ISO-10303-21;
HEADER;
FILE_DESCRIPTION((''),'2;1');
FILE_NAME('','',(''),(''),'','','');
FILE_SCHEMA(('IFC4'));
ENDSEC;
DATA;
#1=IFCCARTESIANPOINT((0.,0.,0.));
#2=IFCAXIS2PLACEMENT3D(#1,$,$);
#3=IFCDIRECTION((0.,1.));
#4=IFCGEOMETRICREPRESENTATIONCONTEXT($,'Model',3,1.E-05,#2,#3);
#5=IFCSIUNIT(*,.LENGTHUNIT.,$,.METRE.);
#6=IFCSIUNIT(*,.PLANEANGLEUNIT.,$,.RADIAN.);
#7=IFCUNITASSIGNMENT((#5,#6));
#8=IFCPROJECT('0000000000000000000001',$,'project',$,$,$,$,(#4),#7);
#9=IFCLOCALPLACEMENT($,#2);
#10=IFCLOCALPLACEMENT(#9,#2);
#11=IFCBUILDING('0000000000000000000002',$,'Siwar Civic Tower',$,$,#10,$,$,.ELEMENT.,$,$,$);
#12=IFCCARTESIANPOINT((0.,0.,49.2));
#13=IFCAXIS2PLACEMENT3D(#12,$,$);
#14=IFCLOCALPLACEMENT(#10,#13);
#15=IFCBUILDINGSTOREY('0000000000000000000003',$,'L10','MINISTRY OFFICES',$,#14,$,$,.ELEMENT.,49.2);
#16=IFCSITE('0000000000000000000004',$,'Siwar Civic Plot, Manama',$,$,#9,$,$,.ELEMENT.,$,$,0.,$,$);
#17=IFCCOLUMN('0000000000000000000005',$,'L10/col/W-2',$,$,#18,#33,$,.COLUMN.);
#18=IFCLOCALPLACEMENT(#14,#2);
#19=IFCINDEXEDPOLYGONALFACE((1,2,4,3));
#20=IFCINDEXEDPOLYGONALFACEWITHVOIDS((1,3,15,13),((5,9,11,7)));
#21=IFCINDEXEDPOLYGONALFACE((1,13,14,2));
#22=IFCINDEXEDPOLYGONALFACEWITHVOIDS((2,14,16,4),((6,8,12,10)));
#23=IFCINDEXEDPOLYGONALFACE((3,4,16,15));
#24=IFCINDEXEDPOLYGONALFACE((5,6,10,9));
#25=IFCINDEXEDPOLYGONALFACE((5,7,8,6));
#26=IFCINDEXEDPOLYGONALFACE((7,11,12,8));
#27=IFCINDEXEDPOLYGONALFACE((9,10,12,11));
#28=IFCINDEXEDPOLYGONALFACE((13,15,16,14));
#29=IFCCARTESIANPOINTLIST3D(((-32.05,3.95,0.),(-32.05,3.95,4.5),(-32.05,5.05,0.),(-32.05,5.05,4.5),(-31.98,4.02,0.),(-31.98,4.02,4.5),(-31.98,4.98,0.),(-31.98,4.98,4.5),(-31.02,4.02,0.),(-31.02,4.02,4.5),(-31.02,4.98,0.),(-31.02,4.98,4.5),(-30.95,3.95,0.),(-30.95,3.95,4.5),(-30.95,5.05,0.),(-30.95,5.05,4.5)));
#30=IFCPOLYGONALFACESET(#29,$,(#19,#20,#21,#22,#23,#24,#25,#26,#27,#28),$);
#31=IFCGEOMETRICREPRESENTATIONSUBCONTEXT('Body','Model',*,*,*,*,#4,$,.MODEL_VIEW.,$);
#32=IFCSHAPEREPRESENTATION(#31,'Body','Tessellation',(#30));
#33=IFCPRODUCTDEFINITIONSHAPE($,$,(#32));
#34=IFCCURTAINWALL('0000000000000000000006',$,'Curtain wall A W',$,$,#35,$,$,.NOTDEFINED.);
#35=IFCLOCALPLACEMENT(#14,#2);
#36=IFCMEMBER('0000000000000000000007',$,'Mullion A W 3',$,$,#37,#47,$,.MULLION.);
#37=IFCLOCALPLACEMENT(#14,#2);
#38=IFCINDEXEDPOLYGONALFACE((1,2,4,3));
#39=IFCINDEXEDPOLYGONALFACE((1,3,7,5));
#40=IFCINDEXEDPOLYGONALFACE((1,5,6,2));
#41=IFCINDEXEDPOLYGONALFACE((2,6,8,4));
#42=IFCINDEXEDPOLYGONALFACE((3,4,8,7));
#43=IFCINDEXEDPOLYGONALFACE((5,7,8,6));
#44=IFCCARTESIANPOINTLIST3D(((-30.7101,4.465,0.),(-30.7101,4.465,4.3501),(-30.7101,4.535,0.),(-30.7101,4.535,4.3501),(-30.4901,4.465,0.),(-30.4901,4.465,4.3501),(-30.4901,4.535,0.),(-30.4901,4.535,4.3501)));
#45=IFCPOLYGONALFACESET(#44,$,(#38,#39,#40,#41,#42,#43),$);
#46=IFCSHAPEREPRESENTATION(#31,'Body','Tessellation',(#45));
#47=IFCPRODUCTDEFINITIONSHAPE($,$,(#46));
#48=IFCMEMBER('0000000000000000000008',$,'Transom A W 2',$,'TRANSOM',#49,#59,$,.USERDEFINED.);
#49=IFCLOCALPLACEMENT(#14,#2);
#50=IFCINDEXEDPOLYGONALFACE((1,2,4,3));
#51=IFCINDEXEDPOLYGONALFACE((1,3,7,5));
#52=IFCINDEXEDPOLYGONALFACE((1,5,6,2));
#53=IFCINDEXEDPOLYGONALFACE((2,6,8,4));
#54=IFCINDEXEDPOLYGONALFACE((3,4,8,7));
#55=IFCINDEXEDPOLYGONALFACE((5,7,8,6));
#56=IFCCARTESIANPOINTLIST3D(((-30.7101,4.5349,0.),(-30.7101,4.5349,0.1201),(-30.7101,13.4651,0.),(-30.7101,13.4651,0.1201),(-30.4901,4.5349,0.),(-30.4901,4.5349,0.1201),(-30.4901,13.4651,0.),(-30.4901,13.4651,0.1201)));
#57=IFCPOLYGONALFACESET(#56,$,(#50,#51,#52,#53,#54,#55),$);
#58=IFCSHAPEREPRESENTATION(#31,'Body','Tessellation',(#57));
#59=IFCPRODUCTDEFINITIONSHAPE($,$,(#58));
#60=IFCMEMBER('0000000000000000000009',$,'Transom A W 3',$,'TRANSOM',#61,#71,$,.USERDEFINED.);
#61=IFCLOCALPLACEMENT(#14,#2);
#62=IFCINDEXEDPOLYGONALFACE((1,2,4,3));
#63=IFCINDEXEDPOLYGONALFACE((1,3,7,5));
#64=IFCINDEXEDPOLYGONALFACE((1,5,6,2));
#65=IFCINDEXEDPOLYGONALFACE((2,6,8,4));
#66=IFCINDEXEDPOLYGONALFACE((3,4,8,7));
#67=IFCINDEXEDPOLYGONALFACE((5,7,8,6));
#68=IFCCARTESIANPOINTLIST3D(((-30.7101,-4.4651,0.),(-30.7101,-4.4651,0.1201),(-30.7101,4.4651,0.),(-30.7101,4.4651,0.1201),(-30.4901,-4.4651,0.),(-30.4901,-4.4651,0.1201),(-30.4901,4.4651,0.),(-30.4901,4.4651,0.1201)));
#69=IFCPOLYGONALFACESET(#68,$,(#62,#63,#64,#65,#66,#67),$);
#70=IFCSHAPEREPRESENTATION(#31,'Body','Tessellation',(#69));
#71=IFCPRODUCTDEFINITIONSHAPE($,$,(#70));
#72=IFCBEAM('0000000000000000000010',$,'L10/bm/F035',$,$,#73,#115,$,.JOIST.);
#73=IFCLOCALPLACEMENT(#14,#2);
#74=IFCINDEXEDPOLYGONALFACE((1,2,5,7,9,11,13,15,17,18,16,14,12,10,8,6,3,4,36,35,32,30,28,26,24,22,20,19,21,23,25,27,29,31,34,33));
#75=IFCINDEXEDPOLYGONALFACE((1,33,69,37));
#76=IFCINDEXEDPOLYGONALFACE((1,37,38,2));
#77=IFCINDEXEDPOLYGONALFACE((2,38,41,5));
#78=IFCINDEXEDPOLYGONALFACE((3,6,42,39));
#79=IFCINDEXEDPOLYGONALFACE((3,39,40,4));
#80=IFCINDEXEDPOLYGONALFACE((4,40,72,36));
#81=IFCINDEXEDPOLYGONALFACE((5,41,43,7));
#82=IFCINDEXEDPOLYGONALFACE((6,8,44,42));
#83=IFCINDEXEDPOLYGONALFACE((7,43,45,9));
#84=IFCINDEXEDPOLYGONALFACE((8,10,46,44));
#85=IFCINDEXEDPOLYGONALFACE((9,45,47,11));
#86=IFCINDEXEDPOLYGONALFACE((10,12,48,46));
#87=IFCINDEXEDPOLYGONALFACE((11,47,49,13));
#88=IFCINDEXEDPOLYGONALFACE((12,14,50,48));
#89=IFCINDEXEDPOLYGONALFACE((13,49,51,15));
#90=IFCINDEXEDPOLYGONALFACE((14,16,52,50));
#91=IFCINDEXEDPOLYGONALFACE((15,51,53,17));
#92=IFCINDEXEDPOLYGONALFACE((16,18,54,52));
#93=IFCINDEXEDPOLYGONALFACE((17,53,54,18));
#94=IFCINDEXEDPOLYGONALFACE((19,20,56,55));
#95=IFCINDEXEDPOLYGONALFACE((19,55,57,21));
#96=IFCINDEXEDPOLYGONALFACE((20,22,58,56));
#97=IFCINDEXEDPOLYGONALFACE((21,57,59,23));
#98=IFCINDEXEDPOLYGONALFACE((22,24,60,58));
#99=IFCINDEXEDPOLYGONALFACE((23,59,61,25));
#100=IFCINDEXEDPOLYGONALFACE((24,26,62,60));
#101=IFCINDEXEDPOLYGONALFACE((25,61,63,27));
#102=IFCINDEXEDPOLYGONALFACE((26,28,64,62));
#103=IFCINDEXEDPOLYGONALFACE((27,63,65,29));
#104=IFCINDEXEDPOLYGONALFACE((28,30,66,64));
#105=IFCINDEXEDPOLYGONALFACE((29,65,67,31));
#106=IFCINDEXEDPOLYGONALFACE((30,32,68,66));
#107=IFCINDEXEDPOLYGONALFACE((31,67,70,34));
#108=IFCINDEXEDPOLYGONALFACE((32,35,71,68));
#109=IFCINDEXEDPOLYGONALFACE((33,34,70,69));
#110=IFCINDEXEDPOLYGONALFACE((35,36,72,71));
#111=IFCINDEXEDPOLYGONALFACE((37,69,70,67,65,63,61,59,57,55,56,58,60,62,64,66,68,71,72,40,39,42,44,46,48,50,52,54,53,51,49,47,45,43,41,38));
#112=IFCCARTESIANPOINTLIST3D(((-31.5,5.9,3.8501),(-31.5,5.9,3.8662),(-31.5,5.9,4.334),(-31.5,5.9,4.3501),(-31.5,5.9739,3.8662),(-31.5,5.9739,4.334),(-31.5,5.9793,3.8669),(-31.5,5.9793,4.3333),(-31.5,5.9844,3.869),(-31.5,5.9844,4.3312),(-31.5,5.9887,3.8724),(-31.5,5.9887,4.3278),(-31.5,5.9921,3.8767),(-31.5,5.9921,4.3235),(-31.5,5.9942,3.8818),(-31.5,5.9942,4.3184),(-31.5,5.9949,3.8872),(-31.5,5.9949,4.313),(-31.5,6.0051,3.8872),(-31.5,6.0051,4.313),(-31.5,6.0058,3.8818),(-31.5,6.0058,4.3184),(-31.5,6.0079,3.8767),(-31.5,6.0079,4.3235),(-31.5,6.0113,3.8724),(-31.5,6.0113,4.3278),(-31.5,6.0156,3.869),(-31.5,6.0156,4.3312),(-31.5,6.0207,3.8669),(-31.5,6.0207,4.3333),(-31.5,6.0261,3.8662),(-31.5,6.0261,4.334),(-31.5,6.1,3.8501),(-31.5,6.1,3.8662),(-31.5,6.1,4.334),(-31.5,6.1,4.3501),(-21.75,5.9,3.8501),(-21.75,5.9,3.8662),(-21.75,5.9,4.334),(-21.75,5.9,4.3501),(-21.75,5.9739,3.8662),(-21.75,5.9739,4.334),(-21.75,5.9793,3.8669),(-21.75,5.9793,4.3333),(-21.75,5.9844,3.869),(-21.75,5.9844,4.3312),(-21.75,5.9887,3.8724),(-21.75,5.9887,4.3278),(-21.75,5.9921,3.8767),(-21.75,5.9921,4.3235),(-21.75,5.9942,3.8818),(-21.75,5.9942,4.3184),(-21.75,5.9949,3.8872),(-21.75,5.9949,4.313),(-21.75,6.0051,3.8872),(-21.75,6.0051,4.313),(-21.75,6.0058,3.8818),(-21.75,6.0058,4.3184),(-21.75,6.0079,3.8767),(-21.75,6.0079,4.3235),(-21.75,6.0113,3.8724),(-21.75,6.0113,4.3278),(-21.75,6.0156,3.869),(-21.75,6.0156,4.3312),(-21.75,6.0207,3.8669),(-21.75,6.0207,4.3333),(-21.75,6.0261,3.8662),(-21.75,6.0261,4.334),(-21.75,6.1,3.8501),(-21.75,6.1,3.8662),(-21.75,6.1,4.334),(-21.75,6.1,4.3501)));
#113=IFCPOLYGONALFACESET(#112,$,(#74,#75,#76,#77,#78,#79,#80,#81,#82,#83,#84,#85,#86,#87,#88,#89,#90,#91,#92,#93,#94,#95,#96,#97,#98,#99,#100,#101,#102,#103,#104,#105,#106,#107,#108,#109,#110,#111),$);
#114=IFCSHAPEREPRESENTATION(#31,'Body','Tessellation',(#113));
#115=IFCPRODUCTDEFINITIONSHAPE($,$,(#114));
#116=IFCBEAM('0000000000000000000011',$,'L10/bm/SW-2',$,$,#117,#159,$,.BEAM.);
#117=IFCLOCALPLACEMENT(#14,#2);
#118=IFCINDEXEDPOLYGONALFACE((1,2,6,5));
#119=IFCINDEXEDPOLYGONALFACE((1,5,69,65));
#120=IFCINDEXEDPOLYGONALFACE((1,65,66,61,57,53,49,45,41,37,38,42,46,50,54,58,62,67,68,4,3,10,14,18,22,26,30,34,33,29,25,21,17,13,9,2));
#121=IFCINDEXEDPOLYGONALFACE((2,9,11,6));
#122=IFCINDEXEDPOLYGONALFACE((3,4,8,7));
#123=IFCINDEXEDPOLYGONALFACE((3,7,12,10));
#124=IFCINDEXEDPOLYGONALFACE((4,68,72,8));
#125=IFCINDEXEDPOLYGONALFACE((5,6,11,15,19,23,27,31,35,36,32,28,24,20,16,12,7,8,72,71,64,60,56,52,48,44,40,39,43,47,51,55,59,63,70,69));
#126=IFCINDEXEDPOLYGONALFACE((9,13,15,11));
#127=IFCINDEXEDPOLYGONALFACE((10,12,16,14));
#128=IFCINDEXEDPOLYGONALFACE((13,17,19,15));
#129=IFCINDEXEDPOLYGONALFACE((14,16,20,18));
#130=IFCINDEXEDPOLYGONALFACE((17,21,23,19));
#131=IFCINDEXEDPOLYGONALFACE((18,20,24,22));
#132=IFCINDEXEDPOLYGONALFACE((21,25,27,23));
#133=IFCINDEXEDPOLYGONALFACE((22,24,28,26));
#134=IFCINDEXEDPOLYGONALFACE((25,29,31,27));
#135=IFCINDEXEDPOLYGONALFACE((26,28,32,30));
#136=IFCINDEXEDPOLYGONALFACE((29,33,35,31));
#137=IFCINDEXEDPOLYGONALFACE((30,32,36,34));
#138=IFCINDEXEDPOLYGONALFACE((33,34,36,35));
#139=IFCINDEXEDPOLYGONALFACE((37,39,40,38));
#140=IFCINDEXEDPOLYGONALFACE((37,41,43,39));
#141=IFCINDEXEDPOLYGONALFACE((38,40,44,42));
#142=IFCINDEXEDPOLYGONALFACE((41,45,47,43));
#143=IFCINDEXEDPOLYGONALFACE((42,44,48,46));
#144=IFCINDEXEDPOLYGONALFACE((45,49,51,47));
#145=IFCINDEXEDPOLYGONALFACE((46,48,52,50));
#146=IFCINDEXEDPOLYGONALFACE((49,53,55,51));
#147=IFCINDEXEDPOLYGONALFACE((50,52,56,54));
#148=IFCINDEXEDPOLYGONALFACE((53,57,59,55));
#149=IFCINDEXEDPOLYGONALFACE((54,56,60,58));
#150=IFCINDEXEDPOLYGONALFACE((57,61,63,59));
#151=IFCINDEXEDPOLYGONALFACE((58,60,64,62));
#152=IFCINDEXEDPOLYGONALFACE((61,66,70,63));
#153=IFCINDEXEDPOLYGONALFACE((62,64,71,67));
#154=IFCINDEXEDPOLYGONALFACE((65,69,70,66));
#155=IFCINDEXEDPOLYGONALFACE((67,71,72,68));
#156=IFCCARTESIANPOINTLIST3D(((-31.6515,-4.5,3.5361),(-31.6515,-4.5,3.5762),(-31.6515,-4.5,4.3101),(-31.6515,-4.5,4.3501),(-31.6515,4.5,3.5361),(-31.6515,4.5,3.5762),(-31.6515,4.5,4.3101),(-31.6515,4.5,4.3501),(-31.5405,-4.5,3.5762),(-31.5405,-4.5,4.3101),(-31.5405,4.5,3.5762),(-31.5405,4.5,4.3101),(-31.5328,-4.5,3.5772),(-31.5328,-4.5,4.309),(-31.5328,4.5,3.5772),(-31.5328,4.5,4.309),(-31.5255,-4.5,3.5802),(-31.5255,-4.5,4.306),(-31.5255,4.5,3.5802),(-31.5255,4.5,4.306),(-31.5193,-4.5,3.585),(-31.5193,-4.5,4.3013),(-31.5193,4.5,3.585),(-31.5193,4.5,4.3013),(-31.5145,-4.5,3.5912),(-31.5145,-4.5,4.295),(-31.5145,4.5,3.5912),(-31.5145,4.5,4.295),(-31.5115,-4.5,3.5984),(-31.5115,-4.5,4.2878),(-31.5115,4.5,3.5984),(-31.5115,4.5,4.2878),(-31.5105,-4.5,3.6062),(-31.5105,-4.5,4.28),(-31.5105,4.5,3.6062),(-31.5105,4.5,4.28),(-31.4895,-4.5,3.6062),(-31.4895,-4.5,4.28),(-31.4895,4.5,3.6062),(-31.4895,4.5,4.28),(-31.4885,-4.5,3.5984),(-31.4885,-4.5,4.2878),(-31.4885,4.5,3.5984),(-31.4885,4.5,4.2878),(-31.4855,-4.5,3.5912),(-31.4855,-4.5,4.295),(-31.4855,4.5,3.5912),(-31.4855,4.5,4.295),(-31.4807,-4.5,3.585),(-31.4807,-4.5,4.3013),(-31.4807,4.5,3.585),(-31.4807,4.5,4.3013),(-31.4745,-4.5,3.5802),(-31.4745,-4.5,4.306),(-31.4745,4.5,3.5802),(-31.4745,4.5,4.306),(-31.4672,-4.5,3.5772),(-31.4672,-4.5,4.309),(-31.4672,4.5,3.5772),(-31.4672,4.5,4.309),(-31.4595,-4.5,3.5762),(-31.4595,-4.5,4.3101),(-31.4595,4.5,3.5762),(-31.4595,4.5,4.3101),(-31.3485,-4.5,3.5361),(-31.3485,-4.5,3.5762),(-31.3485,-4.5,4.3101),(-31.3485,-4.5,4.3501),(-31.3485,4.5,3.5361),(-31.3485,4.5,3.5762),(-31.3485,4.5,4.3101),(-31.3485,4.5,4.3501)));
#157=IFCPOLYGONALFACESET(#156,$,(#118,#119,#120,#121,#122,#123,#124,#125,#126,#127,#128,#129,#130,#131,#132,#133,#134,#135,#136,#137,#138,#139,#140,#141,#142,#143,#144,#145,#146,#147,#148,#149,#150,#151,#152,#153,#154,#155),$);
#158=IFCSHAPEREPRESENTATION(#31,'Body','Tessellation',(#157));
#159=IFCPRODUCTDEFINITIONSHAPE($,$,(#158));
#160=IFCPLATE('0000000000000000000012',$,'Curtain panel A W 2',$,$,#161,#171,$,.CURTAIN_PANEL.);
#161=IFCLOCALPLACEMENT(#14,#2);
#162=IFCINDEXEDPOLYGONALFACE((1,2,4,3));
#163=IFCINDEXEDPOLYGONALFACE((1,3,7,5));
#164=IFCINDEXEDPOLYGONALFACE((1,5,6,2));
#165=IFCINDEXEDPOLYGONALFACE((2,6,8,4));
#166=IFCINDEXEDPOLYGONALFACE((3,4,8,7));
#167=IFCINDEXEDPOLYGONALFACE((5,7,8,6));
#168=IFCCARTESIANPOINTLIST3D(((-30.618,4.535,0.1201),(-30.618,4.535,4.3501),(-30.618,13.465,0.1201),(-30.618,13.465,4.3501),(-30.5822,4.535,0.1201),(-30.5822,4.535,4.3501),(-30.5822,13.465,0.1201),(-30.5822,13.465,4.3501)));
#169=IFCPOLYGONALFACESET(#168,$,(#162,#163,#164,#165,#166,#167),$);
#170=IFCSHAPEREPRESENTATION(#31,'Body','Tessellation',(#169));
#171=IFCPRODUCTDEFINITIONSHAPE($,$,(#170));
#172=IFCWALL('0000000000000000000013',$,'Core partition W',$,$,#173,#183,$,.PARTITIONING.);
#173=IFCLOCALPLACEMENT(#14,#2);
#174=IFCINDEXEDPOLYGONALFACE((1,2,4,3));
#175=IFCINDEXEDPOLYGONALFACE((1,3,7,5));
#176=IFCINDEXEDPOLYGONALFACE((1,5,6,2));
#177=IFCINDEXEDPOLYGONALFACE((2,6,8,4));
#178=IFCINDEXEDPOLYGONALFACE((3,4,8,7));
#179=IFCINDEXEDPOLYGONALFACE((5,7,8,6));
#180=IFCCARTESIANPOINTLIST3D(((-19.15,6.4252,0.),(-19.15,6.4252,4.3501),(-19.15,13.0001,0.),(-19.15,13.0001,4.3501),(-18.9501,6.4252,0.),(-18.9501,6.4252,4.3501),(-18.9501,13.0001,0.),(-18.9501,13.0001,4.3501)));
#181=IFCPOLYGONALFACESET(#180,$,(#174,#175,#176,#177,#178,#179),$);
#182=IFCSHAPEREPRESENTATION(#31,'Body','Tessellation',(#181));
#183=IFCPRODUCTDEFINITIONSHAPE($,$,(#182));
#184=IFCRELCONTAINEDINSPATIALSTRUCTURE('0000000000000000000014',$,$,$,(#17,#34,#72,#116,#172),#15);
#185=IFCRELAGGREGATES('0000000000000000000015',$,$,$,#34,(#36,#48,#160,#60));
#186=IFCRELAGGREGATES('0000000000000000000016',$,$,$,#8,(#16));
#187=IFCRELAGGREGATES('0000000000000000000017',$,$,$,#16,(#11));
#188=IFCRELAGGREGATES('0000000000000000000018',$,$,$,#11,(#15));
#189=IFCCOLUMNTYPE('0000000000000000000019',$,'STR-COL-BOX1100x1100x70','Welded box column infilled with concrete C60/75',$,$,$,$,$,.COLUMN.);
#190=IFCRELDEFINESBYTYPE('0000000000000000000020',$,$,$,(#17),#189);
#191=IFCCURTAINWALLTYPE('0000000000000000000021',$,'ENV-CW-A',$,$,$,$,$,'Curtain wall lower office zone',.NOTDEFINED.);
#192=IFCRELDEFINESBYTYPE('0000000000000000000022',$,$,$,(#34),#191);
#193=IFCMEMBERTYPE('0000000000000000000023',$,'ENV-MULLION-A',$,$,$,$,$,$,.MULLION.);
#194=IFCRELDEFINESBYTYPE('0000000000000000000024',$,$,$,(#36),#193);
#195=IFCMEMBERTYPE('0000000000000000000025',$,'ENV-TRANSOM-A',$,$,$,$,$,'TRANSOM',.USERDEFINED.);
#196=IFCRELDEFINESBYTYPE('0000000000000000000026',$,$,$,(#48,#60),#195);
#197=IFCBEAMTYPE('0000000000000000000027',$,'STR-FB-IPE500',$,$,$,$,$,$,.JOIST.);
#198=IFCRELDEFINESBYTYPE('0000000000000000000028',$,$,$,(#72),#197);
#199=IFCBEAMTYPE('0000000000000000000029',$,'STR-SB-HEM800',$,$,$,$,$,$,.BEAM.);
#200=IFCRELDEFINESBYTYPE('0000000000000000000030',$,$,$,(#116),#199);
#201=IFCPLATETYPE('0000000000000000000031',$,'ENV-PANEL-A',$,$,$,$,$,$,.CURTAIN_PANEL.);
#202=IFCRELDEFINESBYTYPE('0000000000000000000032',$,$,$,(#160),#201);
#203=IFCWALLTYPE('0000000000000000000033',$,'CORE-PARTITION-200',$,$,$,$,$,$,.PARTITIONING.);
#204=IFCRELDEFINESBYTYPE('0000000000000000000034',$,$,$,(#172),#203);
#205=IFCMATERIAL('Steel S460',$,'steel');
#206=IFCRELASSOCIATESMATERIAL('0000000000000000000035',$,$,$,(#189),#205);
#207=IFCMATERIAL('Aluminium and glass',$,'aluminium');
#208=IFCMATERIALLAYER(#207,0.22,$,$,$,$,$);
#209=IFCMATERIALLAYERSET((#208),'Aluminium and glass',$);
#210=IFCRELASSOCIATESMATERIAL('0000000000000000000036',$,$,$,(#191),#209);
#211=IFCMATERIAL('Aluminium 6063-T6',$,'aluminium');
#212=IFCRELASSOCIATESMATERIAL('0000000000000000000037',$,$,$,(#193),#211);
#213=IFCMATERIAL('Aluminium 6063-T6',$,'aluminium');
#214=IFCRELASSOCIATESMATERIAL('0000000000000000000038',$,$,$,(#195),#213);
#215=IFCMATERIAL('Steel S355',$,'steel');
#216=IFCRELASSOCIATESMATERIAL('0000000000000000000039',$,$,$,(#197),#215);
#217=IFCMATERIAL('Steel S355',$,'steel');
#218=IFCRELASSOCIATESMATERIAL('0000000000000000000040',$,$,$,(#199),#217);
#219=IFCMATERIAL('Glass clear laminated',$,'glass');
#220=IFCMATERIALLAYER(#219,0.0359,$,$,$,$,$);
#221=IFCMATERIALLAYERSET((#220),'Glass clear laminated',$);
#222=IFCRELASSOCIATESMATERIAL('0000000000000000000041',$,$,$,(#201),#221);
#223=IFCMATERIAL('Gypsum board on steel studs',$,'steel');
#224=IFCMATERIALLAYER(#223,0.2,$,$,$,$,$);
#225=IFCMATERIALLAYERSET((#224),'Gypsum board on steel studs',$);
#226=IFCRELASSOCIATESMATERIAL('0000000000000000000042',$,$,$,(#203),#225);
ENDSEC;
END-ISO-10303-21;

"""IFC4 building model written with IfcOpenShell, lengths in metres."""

from ifc_helpers import new_model, si_unit, direction, frame, frame_2d, origin, origin_2d, place, context, subcontext, project, spatial, rectangle, hollow_rectangle, i_section, extrude, material, layer, layer_set, material_profile, profile_set, type_object, element, aggregate, save


model = new_model("IFC4")

# Units and contexts
model_context = context("Model", 3, precision=1e-05, world=origin(), true_north=direction((0.0, 1.0)))
body_context = subcontext(model_context, "Body", "Model", "MODEL_VIEW")
ifc_project = project(units=[si_unit("LENGTHUNIT", "METRE"), si_unit("PLANEANGLEUNIT", "RADIAN")], contexts=[model_context])

# Site, building, storey
site_placement = place(None, origin())
site = spatial("IfcSite", under=ifc_project, at=site_placement, Name="Siwar Civic Plot, Manama", CompositionType="ELEMENT", RefElevation=0.0)
building_placement = place(site_placement, origin())
building = spatial("IfcBuilding", under=site, at=building_placement, Name="Siwar Civic Tower", CompositionType="ELEMENT")
storey_placement = place(building_placement, frame((0.0, 0.0, 49.2)))
storey = spatial("IfcBuildingStorey", under=building, at=storey_placement, Name="L10", Description="MINISTRY OFFICES", CompositionType="ELEMENT", Elevation=49.2)

# Column
ifc_material_1 = material(Name="Steel S460", Category="steel")
ifc_material_profile_1 = material_profile(ifc_material_1, hollow_rectangle(XDim=1.1001, YDim=1.1001, WallThickness=0.0701, at=origin_2d()), Name="BOX1100x1100x70")
ifc_profile_set_1 = profile_set([ifc_material_profile_1], Name="Steel S460")
column_type = type_object("IfcColumnType", Name="STR-COL-BOX1100x1100x70", Description="Welded box column infilled with concrete C60/75", PredefinedType="COLUMN", material=ifc_profile_set_1)
column_placement = place(storey_placement, frame((-31.5, 4.5, 0.0), z_axis=(0.0, 0.0, 1.0), x_axis=(1.0, 0.0, 0.0)))
element("IfcColumn", 1, at=column_placement, inside=storey, type_object=column_type, Name="L10/col/W-2", PredefinedType="COLUMN", context=body_context, shape_type="SweptSolid", body=[
    extrude(hollow_rectangle(XDim=1.1001, YDim=1.1001, WallThickness=0.0701, at=origin_2d()), origin(), (0.0, 0.0, 1.0), 4.5),
])

# Curtain wall, members
ifc_material_2 = material(Name="Aluminium and glass", Category="aluminium")
ifc_layer_1 = layer(ifc_material_2, 0.22)
ifc_layer_set_1 = layer_set([ifc_layer_1], Name="Aluminium and glass")
curtain_wall_type = type_object("IfcCurtainWallType", Name="ENV-CW-A", ElementType="Curtain wall lower office zone", PredefinedType="NOTDEFINED", material=ifc_layer_set_1)
curtain_wall_placement = place(storey_placement, origin())
curtain_wall = element("IfcCurtainWall", 2, at=curtain_wall_placement, inside=storey, type_object=curtain_wall_type, Name="Curtain wall A W", PredefinedType="NOTDEFINED")
ifc_material_3 = material(Name="Aluminium 6063-T6", Category="aluminium")
ifc_material_profile_2 = material_profile(ifc_material_3, rectangle(XDim=0.22, YDim=0.0701, at=origin_2d()), Name="AL 220x70")
ifc_profile_set_2 = profile_set([ifc_material_profile_2], Name="Aluminium 6063-T6")
member_type_1 = type_object("IfcMemberType", Name="ENV-MULLION-A", PredefinedType="MULLION", material=ifc_profile_set_2)
member_1_placement = place(storey_placement, frame((-30.6001, 4.5, 0.0), z_axis=(0.0, 0.0, 1.0), x_axis=(1.0, 0.0, 0.0)))
member_1 = element("IfcMember", 3, at=member_1_placement, type_object=member_type_1, Name="Mullion A W 3", PredefinedType="MULLION", context=body_context, shape_type="SweptSolid", body=[
    extrude(rectangle(XDim=0.22, YDim=0.0701, at=origin_2d()), origin(), (0.0, 0.0, 1.0), 4.3501),
])
ifc_material_4 = material(Name="Aluminium 6063-T6", Category="aluminium")
ifc_material_profile_3 = material_profile(ifc_material_4, rectangle(XDim=0.22, YDim=0.1201, at=origin_2d()), Name="AL 220x120")
ifc_profile_set_3 = profile_set([ifc_material_profile_3], Name="Aluminium 6063-T6")
member_type_2 = type_object("IfcMemberType", Name="ENV-TRANSOM-A", ElementType="TRANSOM", PredefinedType="USERDEFINED", material=ifc_profile_set_3)
member_2_placement = place(storey_placement, frame((-30.6001, 13.4651, 0.0601), z_axis=(0.0, -1.0, 0.0), x_axis=(1.0, 0.0, 0.0)))
member_2 = element("IfcMember", 4, at=member_2_placement, type_object=member_type_2, Name="Transom A W 2", ObjectType="TRANSOM", PredefinedType="USERDEFINED", context=body_context, shape_type="SweptSolid", body=[
    extrude(rectangle(XDim=0.22, YDim=0.1201, at=origin_2d()), origin(), (0.0, 0.0, 1.0), 8.9302),
])
member_3_placement = place(storey_placement, frame((-30.6001, 4.4651, 0.0601), z_axis=(0.0, -1.0, 0.0), x_axis=(1.0, 0.0, 0.0)))
member_3 = element("IfcMember", 5, at=member_3_placement, type_object=member_type_2, Name="Transom A W 3", ObjectType="TRANSOM", PredefinedType="USERDEFINED", context=body_context, shape_type="SweptSolid", body=[
    extrude(rectangle(XDim=0.22, YDim=0.1201, at=origin_2d()), origin(), (0.0, 0.0, 1.0), 8.9302),
])

# Beams
ifc_material_5 = material(Name="Steel S355", Category="steel")
ifc_material_profile_4 = material_profile(ifc_material_5, i_section(OverallWidth=0.2, OverallDepth=0.5, WebThickness=0.0103, FlangeThickness=0.0161, FilletRadius=0.021, at=origin_2d()), Name="IPE500")
ifc_profile_set_4 = profile_set([ifc_material_profile_4], Name="Steel S355")
beam_type_1 = type_object("IfcBeamType", Name="STR-FB-IPE500", PredefinedType="JOIST", material=ifc_profile_set_4)
beam_1_placement = place(storey_placement, frame((-31.5, 6.0, 4.1001), z_axis=(1.0, 0.0, 0.0), x_axis=(0.0, 1.0, 0.0)))
element("IfcBeam", 6, at=beam_1_placement, inside=storey, type_object=beam_type_1, Name="L10/bm/F035", PredefinedType="JOIST", context=body_context, shape_type="SweptSolid", body=[
    extrude(i_section(OverallWidth=0.2, OverallDepth=0.5, WebThickness=0.0103, FlangeThickness=0.0161, FilletRadius=0.021, at=origin_2d()), origin(), (0.0, 0.0, 1.0), 9.75),
])
ifc_material_6 = material(Name="Steel S355", Category="steel")
ifc_material_profile_5 = material_profile(ifc_material_6, i_section(OverallWidth=0.303, OverallDepth=0.814, WebThickness=0.021, FlangeThickness=0.04, FilletRadius=0.03, at=origin_2d()), Name="HEM800")
ifc_profile_set_5 = profile_set([ifc_material_profile_5], Name="Steel S355")
beam_type_2 = type_object("IfcBeamType", Name="STR-SB-HEM800", PredefinedType="BEAM", material=ifc_profile_set_5)
beam_2_placement = place(storey_placement, frame((-31.5, 4.5, 3.9431), z_axis=(0.0, -1.0, 0.0), x_axis=(1.0, 0.0, 0.0)))
element("IfcBeam", 7, at=beam_2_placement, inside=storey, type_object=beam_type_2, Name="L10/bm/SW-2", PredefinedType="BEAM", context=body_context, shape_type="SweptSolid", body=[
    extrude(i_section(OverallWidth=0.303, OverallDepth=0.814, WebThickness=0.021, FlangeThickness=0.04, FilletRadius=0.03, at=origin_2d()), origin(), (0.0, 0.0, 1.0), 9.0),
])

# Plate
ifc_material_7 = material(Name="Glass clear laminated", Category="glass")
ifc_layer_2 = layer(ifc_material_7, 0.0359)
ifc_layer_set_2 = layer_set([ifc_layer_2], Name="Glass clear laminated")
plate_type = type_object("IfcPlateType", Name="ENV-PANEL-A", PredefinedType="CURTAIN_PANEL", material=ifc_layer_set_2)
plate_placement = place(storey_placement, frame((-30.6001, 9.0, 0.1201), z_axis=(0.0, 0.0, 1.0), x_axis=(0.0, -1.0, 0.0)))
plate = element("IfcPlate", 8, at=plate_placement, type_object=plate_type, Name="Curtain panel A W 2", PredefinedType="CURTAIN_PANEL", context=body_context, shape_type="SweptSolid", body=[
    extrude(rectangle(XDim=8.9299, YDim=0.0359, at=origin_2d()), origin(), (0.0, 0.0, 1.0), 4.23),
])
aggregate(curtain_wall, [member_1, member_2, plate, member_3])

# Wall
ifc_material_8 = material(Name="Gypsum board on steel studs", Category="steel")
ifc_layer_3 = layer(ifc_material_8, 0.2)
ifc_layer_set_3 = layer_set([ifc_layer_3], Name="Gypsum board on steel studs")
wall_type_1 = type_object("IfcWallType", Name="CORE-PARTITION-200", PredefinedType="PARTITIONING", material=ifc_layer_set_3)
wall_1_placement = place(storey_placement, frame((-19.05, 6.425, 0.0), z_axis=(0.0, 0.0, 1.0), x_axis=(0.0, 1.0, 0.0)))
element("IfcWall", 9, at=wall_1_placement, inside=storey, type_object=wall_type_1, Name="Core partition W", PredefinedType="PARTITIONING", context=body_context, shape_type="SweptSolid", body=[
    extrude(rectangle(XDim=6.575, YDim=0.2, at=frame_2d((3.2876, 0.0))), origin(), (0.0, 0.0, 1.0), 4.3501),
])

save(model, "model.ifc")
